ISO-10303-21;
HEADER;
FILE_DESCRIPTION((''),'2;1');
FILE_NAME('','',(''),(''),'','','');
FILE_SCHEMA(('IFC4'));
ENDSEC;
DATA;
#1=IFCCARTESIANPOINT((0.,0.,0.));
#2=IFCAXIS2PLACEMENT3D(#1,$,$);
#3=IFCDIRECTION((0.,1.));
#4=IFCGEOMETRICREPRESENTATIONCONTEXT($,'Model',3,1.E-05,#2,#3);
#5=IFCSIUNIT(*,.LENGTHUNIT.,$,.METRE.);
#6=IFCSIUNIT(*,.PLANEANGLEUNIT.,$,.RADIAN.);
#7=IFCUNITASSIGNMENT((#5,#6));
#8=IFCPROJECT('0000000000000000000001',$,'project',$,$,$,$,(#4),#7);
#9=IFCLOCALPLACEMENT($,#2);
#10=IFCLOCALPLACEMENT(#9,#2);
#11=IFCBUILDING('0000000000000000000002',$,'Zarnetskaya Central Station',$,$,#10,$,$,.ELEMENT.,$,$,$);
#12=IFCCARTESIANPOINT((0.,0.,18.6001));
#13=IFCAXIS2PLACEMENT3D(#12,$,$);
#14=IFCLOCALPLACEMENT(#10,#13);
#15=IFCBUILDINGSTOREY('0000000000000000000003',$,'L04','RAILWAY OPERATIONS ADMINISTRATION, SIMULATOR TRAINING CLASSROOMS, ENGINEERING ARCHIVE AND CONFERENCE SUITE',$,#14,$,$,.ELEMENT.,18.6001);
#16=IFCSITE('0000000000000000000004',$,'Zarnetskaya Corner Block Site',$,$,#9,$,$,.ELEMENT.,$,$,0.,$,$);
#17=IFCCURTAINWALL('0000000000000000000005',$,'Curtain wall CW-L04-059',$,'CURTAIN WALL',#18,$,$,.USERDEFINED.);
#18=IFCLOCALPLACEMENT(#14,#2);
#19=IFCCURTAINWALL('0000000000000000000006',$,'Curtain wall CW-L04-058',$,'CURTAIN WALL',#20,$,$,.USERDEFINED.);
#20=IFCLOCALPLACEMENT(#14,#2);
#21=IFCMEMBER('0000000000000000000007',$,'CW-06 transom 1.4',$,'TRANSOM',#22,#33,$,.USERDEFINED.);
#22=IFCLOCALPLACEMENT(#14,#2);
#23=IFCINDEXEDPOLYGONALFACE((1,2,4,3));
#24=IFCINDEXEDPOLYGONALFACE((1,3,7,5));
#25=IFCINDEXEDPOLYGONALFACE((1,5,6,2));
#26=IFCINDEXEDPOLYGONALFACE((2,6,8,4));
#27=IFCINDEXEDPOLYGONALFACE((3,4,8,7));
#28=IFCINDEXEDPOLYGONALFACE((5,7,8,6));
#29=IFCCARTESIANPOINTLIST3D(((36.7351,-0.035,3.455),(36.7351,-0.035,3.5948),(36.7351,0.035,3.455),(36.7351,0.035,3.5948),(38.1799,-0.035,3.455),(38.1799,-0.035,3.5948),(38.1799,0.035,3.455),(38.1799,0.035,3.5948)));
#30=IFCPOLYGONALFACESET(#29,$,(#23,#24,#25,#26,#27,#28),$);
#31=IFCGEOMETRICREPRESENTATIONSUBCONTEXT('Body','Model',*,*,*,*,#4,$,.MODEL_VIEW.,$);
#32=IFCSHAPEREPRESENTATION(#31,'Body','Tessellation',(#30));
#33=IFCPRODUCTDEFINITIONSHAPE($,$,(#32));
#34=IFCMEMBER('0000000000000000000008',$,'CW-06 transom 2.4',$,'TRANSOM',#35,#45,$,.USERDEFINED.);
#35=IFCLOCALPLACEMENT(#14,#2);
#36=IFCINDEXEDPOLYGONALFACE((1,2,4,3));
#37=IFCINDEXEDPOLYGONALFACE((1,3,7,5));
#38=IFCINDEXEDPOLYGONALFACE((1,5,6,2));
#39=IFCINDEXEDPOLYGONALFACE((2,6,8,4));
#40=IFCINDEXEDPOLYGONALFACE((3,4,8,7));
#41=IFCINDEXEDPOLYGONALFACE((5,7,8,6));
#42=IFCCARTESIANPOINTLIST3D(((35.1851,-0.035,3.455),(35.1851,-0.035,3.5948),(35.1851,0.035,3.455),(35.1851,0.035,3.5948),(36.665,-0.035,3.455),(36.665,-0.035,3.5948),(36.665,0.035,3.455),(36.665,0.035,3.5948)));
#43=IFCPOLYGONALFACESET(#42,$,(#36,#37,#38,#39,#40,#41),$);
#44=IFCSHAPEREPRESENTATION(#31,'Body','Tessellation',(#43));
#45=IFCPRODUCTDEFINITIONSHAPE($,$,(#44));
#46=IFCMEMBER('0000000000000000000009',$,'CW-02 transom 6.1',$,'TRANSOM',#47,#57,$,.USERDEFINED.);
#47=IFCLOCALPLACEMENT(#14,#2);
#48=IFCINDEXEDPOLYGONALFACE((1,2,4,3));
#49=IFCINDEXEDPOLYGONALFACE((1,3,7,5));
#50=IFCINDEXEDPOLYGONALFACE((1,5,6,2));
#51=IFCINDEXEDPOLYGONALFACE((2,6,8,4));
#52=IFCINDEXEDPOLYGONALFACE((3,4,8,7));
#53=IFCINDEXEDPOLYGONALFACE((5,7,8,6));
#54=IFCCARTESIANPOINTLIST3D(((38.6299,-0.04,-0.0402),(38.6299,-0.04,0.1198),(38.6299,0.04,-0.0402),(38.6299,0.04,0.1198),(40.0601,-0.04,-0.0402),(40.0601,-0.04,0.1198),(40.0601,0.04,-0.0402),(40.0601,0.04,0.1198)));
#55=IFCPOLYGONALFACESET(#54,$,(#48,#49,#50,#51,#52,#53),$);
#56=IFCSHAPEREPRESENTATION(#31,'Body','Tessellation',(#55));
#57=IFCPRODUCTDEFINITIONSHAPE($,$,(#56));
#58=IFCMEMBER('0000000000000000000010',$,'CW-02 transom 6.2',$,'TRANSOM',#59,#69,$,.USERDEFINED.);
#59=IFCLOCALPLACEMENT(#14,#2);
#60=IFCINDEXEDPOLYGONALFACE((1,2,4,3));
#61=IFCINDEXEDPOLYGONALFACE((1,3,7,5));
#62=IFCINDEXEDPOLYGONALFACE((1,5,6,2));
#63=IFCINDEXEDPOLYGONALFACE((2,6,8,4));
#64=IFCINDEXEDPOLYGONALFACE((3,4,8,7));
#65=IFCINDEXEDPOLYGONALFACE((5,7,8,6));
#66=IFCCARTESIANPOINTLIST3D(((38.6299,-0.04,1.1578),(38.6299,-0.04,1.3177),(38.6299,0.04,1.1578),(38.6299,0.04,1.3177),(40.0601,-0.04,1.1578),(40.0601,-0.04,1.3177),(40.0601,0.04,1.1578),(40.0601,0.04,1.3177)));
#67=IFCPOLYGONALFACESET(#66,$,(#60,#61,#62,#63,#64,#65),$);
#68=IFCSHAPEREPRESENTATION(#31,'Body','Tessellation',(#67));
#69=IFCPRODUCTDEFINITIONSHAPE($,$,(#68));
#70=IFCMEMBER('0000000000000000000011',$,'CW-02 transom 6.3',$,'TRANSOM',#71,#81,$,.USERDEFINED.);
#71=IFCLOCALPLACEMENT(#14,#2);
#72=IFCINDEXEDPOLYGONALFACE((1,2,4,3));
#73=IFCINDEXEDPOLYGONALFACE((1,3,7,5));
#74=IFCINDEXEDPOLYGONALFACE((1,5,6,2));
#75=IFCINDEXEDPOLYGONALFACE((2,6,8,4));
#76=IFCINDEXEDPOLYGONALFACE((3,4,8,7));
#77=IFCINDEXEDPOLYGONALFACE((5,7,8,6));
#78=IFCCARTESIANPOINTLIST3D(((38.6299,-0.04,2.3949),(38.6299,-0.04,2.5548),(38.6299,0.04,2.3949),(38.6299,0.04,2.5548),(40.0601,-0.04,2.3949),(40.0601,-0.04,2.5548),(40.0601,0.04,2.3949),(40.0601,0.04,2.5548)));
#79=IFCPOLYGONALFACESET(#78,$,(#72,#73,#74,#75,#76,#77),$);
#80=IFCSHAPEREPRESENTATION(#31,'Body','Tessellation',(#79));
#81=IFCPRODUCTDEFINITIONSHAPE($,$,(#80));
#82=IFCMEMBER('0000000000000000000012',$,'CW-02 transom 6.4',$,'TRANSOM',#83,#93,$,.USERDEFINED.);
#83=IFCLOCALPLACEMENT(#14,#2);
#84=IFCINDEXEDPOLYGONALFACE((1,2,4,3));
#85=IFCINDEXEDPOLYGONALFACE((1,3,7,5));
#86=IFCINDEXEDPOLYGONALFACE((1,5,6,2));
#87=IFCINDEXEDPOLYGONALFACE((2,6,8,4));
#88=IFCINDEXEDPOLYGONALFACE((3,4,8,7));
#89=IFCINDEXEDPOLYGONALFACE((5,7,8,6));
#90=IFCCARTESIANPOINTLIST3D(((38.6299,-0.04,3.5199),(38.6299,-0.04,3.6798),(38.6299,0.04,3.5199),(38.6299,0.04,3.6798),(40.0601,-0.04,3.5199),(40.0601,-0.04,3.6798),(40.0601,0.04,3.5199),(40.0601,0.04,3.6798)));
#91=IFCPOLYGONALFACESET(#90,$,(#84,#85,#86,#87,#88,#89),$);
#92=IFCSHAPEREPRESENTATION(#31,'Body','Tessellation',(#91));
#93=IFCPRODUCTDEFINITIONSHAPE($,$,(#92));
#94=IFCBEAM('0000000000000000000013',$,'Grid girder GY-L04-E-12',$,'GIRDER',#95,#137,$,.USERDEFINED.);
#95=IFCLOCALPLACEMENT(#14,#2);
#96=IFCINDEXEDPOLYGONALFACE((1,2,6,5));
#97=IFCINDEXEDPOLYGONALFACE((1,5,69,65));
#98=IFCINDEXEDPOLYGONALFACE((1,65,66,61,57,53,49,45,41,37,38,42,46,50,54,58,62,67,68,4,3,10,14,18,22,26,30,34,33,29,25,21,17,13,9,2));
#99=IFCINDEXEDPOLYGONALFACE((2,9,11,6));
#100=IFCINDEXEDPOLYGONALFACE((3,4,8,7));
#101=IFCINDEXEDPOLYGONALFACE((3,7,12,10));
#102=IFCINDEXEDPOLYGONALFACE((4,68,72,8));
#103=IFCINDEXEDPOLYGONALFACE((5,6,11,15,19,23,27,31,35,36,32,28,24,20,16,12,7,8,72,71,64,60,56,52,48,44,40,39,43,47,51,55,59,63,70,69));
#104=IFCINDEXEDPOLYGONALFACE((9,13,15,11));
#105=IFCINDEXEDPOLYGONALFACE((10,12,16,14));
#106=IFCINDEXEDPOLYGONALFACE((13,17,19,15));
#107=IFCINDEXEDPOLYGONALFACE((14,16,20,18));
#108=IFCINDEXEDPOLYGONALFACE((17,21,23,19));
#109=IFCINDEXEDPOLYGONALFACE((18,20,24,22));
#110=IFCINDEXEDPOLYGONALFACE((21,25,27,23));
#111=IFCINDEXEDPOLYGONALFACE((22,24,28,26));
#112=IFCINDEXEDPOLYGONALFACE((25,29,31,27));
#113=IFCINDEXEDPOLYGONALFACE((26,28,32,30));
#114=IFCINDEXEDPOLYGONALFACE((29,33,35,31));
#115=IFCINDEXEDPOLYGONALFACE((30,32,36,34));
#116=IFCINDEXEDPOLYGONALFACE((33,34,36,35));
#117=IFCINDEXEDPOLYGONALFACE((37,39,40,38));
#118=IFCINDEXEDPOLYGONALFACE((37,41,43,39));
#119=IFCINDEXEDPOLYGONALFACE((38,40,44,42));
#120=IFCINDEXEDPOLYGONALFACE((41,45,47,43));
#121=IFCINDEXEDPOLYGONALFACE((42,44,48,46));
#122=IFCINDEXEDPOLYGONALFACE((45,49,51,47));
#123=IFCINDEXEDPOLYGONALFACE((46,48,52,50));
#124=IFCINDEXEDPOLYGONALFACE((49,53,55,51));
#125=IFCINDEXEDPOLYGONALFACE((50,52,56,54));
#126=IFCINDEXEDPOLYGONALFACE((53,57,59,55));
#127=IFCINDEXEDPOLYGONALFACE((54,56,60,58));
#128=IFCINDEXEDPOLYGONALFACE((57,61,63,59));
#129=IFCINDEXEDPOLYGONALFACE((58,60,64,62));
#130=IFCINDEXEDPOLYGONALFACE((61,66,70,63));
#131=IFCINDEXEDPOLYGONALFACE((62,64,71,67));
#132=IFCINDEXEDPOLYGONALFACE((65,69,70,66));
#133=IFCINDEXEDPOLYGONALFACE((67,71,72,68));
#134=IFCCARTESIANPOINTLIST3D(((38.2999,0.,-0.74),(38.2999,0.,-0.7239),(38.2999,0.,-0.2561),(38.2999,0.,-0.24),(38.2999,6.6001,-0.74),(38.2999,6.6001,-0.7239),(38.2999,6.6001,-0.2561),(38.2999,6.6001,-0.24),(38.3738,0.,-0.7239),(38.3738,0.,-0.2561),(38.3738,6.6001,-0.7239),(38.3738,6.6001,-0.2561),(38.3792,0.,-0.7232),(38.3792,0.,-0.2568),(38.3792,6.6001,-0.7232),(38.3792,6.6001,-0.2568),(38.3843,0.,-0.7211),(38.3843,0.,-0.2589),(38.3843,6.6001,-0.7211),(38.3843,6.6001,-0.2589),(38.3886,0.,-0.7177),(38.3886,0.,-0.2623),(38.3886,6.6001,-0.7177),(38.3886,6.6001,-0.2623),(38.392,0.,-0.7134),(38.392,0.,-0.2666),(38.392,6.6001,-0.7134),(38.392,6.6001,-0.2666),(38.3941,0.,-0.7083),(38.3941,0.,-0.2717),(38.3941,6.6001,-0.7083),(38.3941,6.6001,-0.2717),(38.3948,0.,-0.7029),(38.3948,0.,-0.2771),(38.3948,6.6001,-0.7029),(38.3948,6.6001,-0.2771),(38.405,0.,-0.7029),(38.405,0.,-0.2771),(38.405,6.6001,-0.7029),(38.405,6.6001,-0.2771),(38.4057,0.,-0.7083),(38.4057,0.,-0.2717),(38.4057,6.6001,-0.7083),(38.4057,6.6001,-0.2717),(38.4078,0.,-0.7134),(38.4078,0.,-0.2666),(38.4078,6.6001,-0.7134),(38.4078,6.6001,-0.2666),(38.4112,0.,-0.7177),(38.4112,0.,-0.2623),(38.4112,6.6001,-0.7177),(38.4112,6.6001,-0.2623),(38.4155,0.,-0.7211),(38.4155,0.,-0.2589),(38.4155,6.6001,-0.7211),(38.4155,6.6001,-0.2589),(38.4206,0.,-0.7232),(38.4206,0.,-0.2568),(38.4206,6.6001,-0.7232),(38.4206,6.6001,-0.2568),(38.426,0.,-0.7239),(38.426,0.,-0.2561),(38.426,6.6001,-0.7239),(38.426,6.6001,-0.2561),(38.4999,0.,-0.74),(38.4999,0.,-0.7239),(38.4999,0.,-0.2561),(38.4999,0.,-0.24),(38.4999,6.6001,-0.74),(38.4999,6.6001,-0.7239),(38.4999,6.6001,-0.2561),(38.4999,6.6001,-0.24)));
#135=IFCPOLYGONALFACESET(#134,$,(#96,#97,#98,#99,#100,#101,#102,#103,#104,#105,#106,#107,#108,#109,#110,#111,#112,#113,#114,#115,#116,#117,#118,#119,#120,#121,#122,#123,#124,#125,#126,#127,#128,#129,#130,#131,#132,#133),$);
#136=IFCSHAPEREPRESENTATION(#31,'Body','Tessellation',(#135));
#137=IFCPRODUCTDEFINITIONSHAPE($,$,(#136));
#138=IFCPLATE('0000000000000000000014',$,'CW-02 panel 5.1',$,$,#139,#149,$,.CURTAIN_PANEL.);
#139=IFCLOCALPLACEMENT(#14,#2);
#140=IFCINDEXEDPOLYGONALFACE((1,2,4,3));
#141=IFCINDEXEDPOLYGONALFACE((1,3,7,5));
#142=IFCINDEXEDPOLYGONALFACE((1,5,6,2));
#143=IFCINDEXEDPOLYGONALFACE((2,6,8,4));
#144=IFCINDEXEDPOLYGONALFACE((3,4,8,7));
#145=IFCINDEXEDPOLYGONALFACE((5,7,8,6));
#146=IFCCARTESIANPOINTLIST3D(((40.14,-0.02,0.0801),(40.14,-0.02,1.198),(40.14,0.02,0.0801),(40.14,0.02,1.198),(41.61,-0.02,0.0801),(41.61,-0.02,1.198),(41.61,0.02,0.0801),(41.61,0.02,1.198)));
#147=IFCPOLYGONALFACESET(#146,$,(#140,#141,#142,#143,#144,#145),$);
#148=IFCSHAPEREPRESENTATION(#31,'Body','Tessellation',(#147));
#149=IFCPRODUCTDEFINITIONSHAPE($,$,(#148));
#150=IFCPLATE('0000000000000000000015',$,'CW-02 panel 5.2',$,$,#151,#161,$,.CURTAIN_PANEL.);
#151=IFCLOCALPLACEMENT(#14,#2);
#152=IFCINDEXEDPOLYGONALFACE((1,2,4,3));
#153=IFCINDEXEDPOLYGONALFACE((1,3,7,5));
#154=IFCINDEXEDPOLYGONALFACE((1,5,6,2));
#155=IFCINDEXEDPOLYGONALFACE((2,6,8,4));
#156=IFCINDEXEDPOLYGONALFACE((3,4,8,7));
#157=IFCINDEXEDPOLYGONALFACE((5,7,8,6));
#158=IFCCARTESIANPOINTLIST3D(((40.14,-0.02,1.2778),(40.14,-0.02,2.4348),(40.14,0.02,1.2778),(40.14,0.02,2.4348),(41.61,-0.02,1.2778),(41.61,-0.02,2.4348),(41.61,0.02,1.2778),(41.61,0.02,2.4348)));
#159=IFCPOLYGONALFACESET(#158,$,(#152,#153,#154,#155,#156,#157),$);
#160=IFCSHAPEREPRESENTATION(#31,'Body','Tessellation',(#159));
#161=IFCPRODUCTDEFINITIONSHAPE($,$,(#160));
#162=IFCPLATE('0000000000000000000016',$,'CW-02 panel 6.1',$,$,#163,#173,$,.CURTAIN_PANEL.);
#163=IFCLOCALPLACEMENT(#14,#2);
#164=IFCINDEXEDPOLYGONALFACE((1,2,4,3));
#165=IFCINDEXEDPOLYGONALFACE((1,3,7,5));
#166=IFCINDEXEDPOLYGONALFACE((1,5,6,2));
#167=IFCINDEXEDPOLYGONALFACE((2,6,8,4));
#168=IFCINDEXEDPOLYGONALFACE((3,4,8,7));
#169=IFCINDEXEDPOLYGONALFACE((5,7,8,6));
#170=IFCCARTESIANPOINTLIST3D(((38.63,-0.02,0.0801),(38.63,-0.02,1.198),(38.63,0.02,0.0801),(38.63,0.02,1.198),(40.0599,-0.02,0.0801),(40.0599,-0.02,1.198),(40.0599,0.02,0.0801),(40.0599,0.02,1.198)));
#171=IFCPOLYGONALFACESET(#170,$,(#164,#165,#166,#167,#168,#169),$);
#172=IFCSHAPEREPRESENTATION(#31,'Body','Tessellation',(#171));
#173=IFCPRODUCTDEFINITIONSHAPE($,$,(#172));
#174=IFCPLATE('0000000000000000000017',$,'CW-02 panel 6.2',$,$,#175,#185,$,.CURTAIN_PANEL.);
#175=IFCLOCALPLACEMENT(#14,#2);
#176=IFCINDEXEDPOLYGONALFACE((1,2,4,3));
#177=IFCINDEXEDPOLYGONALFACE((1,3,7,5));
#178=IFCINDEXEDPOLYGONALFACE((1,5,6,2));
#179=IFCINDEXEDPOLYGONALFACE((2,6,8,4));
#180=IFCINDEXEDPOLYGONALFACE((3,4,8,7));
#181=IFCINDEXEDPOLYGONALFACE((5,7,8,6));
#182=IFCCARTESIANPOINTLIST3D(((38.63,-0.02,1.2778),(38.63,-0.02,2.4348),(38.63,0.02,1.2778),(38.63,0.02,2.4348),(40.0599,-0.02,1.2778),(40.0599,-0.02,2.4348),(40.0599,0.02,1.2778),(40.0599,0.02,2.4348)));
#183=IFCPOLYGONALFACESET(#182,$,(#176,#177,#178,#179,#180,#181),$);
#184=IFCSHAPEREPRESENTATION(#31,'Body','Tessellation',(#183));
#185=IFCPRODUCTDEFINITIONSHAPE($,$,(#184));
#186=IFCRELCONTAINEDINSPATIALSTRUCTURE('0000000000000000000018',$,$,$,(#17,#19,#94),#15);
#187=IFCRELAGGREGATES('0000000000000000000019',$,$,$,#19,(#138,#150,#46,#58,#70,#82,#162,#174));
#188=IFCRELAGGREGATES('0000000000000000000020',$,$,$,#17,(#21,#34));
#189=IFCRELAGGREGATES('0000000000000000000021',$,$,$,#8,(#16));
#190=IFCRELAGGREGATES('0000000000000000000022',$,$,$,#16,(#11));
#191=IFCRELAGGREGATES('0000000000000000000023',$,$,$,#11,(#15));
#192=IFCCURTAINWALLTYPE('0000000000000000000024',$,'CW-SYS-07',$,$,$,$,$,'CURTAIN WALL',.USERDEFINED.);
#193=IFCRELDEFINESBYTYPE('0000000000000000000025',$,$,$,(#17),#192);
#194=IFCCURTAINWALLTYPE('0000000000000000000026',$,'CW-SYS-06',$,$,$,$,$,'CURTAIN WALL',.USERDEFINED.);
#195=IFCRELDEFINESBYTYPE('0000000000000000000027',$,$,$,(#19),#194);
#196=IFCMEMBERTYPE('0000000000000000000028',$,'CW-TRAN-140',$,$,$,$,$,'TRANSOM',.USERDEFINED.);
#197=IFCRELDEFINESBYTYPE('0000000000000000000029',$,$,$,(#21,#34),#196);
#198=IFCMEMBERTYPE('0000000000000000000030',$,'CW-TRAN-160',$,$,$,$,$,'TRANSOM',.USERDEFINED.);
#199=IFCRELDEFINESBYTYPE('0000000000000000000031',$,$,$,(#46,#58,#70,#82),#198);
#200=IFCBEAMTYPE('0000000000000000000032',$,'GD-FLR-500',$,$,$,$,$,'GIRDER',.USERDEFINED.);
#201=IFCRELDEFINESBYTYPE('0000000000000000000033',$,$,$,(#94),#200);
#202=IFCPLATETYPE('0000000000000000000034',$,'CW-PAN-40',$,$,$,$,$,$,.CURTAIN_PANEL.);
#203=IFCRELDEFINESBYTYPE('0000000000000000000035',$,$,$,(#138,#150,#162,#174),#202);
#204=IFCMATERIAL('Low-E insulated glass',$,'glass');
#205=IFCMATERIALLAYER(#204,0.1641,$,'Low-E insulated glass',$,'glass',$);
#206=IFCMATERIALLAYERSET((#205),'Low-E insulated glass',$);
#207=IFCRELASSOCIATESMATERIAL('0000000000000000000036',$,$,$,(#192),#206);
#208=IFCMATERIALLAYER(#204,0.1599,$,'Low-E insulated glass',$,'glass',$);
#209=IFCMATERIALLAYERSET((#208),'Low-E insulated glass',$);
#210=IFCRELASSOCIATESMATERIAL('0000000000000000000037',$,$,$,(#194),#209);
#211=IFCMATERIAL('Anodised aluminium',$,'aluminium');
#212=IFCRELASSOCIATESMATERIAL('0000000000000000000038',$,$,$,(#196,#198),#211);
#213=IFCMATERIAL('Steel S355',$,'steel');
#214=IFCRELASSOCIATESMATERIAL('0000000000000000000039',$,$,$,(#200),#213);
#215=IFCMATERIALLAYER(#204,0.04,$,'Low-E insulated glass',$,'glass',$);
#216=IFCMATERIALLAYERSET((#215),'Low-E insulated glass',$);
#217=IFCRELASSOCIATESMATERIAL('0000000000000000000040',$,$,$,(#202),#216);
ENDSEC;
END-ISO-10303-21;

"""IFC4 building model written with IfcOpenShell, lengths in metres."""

from ifc_helpers import new_model, si_unit, direction, frame, origin, origin_2d, place, context, subcontext, project, spatial, rectangle, i_section, extrude, material, layer, layer_set, material_profile, profile_set, type_object, element, aggregate, save


model = new_model("IFC4")

# Units and contexts
model_context = context("Model", 3, precision=1e-05, world=origin(), true_north=direction((0.0, 1.0)))
body_context = subcontext(model_context, "Body", "Model", "MODEL_VIEW")
ifc_project = project(units=[si_unit("LENGTHUNIT", "METRE"), si_unit("PLANEANGLEUNIT", "RADIAN")], contexts=[model_context])

# Site, building, storey
site_placement = place(None, origin())
site = spatial("IfcSite", under=ifc_project, at=site_placement, Name="Zarnetskaya Corner Block Site", CompositionType="ELEMENT", RefElevation=0.0)
building_placement = place(site_placement, origin())
building = spatial("IfcBuilding", under=site, at=building_placement, Name="Zarnetskaya Central Station", CompositionType="ELEMENT")
storey_placement = place(building_placement, frame((0.0, 0.0, 18.6001)))
storey = spatial("IfcBuildingStorey", under=building, at=storey_placement, Name="L04", Description="RAILWAY OPERATIONS ADMINISTRATION, SIMULATOR TRAINING CLASSROOMS, ENGINEERING ARCHIVE AND CONFERENCE SUITE", CompositionType="ELEMENT", Elevation=18.6001)

# Shared definitions
ifc_material_1 = material(Name="Steel S355", Category="steel")

# Curtain walls
ifc_material_2 = material(Name="Low-E insulated glass", Category="glass")
ifc_layer_1 = layer(ifc_material_2, 0.1641, Name="Low-E insulated glass", Category="glass")
ifc_layer_set_1 = layer_set([ifc_layer_1], Name="Low-E insulated glass")
curtain_wall_type_1 = type_object("IfcCurtainWallType", Name="CW-SYS-07", ElementType="CURTAIN WALL", PredefinedType="USERDEFINED", material=ifc_layer_set_1)
curtain_wall_1_placement = place(storey_placement, origin())
curtain_wall_1 = element("IfcCurtainWall", 1, at=curtain_wall_1_placement, inside=storey, type_object=curtain_wall_type_1, Name="Curtain wall CW-L04-059", ObjectType="CURTAIN WALL", PredefinedType="USERDEFINED")
ifc_material_3 = material(Name="Anodised aluminium", Category="aluminium")
ifc_layer_2 = layer(ifc_material_2, 0.1599, Name="Low-E insulated glass", Category="glass")
ifc_layer_set_2 = layer_set([ifc_layer_2], Name="Low-E insulated glass")
curtain_wall_type_2 = type_object("IfcCurtainWallType", Name="CW-SYS-06", ElementType="CURTAIN WALL", PredefinedType="USERDEFINED", material=ifc_layer_set_2)
curtain_wall_2_placement = place(storey_placement, origin())
curtain_wall_2 = element("IfcCurtainWall", 2, at=curtain_wall_2_placement, inside=storey, type_object=curtain_wall_type_2, Name="Curtain wall CW-L04-058", ObjectType="CURTAIN WALL", PredefinedType="USERDEFINED")

# Members
ifc_material_profile_1 = material_profile(ifc_material_3, rectangle(XDim=0.0701, YDim=0.1399, at=origin_2d()), Name="ALU TRAN 70x140")
ifc_profile_set_1 = profile_set([ifc_material_profile_1], Name="Anodised aluminium")
member_type_1 = type_object("IfcMemberType", Name="CW-TRAN-140", ElementType="TRANSOM", PredefinedType="USERDEFINED", material=ifc_profile_set_1)
member_1_placement = place(storey_placement, frame((38.1799, 0.0, 3.5249), z_axis=(-1.0, 0.0, 0.0), x_axis=(0.0, -1.0, 0.0)))
member_1 = element("IfcMember", 3, at=member_1_placement, type_object=member_type_1, Name="CW-06 transom 1.4", ObjectType="TRANSOM", PredefinedType="USERDEFINED", context=body_context, shape_type="SweptSolid", body=[
    extrude(rectangle(XDim=0.0701, YDim=0.1399, at=origin_2d()), origin(), (0.0, 0.0, 1.0), 1.4448),
])
member_2_placement = place(storey_placement, frame((36.665, 0.0, 3.5249), z_axis=(-1.0, 0.0, 0.0), x_axis=(0.0, -1.0, 0.0)))
member_2 = element("IfcMember", 4, at=member_2_placement, type_object=member_type_1, Name="CW-06 transom 2.4", ObjectType="TRANSOM", PredefinedType="USERDEFINED", context=body_context, shape_type="SweptSolid", body=[
    extrude(rectangle(XDim=0.0701, YDim=0.1399, at=origin_2d()), origin(), (0.0, 0.0, 1.0), 1.48),
])
ifc_material_profile_2 = material_profile(ifc_material_3, rectangle(XDim=0.0801, YDim=0.1599, at=origin_2d()), Name="ALU TRAN 80x160")
ifc_profile_set_2 = profile_set([ifc_material_profile_2], Name="Anodised aluminium")
member_type_2 = type_object("IfcMemberType", Name="CW-TRAN-160", ElementType="TRANSOM", PredefinedType="USERDEFINED", material=ifc_profile_set_2)
member_3_placement = place(storey_placement, frame((40.0601, 0.0, 0.0398), z_axis=(-1.0, 0.0, 0.0), x_axis=(0.0, -1.0, 0.0)))
member_3 = element("IfcMember", 5, at=member_3_placement, type_object=member_type_2, Name="CW-02 transom 6.1", ObjectType="TRANSOM", PredefinedType="USERDEFINED", context=body_context, shape_type="SweptSolid", body=[
    extrude(rectangle(XDim=0.0801, YDim=0.1599, at=origin_2d()), origin(), (0.0, 0.0, 1.0), 1.4302),
])
member_4_placement = place(storey_placement, frame((40.0601, 0.0, 1.2378), z_axis=(-1.0, 0.0, 0.0), x_axis=(0.0, -1.0, 0.0)))
member_4 = element("IfcMember", 6, at=member_4_placement, type_object=member_type_2, Name="CW-02 transom 6.2", ObjectType="TRANSOM", PredefinedType="USERDEFINED", context=body_context, shape_type="SweptSolid", body=[
    extrude(rectangle(XDim=0.0801, YDim=0.1599, at=origin_2d()), origin(), (0.0, 0.0, 1.0), 1.4302),
])
member_5_placement = place(storey_placement, frame((40.0601, 0.0, 2.4749), z_axis=(-1.0, 0.0, 0.0), x_axis=(0.0, -1.0, 0.0)))
member_5 = element("IfcMember", 7, at=member_5_placement, type_object=member_type_2, Name="CW-02 transom 6.3", ObjectType="TRANSOM", PredefinedType="USERDEFINED", context=body_context, shape_type="SweptSolid", body=[
    extrude(rectangle(XDim=0.0801, YDim=0.1599, at=origin_2d()), origin(), (0.0, 0.0, 1.0), 1.4302),
])
member_6_placement = place(storey_placement, frame((40.0601, 0.0, 3.5999), z_axis=(-1.0, 0.0, 0.0), x_axis=(0.0, -1.0, 0.0)))
member_6 = element("IfcMember", 8, at=member_6_placement, type_object=member_type_2, Name="CW-02 transom 6.4", ObjectType="TRANSOM", PredefinedType="USERDEFINED", context=body_context, shape_type="SweptSolid", body=[
    extrude(rectangle(XDim=0.0801, YDim=0.1599, at=origin_2d()), origin(), (0.0, 0.0, 1.0), 1.4302),
])

# Beam
ifc_material_profile_3 = material_profile(ifc_material_1, i_section(OverallWidth=0.2, OverallDepth=0.5, WebThickness=0.0103, FlangeThickness=0.0161, FilletRadius=0.021, at=origin_2d()), Name="IPE 500")
ifc_profile_set_3 = profile_set([ifc_material_profile_3], Name="Steel S355")
beam_type_1 = type_object("IfcBeamType", Name="GD-FLR-500", ElementType="GIRDER", PredefinedType="USERDEFINED", material=ifc_profile_set_3)
beam_1_placement = place(storey_placement, frame((38.3999, 0.0, -0.49), z_axis=(0.0, 1.0, 0.0), x_axis=(-1.0, 0.0, 0.0)))
element("IfcBeam", 9, at=beam_1_placement, inside=storey, type_object=beam_type_1, Name="Grid girder GY-L04-E-12", ObjectType="GIRDER", PredefinedType="USERDEFINED", context=body_context, shape_type="SweptSolid", body=[
    extrude(i_section(OverallWidth=0.2, OverallDepth=0.5, WebThickness=0.0103, FlangeThickness=0.0161, FilletRadius=0.021, at=origin_2d()), origin(), (0.0, 0.0, 1.0), 6.6001),
])

# Plates
ifc_layer_3 = layer(ifc_material_2, 0.04, Name="Low-E insulated glass", Category="glass")
ifc_layer_set_3 = layer_set([ifc_layer_3], Name="Low-E insulated glass")
plate_type_1 = type_object("IfcPlateType", Name="CW-PAN-40", PredefinedType="CURTAIN_PANEL", material=ifc_layer_set_3)
plate_1_placement = place(storey_placement, frame((40.875, 0.0, 0.0801), z_axis=(0.0, 0.0, 1.0), x_axis=(-1.0, 0.0, 0.0)))
plate_1 = element("IfcPlate", 10, at=plate_1_placement, type_object=plate_type_1, Name="CW-02 panel 5.1", PredefinedType="CURTAIN_PANEL", context=body_context, shape_type="SweptSolid", body=[
    extrude(rectangle(XDim=1.47, YDim=0.04, at=origin_2d()), origin(), (0.0, 0.0, 1.0), 1.1179),
])
plate_2_placement = place(storey_placement, frame((40.875, 0.0, 1.2778), z_axis=(0.0, 0.0, 1.0), x_axis=(-1.0, 0.0, 0.0)))
plate_2 = element("IfcPlate", 11, at=plate_2_placement, type_object=plate_type_1, Name="CW-02 panel 5.2", PredefinedType="CURTAIN_PANEL", context=body_context, shape_type="SweptSolid", body=[
    extrude(rectangle(XDim=1.47, YDim=0.04, at=origin_2d()), origin(), (0.0, 0.0, 1.0), 1.157),
])
plate_3_placement = place(storey_placement, frame((39.345, 0.0, 0.0801), z_axis=(0.0, 0.0, 1.0), x_axis=(-1.0, 0.0, 0.0)))
plate_3 = element("IfcPlate", 12, at=plate_3_placement, type_object=plate_type_1, Name="CW-02 panel 6.1", PredefinedType="CURTAIN_PANEL", context=body_context, shape_type="SweptSolid", body=[
    extrude(rectangle(XDim=1.4299, YDim=0.04, at=origin_2d()), origin(), (0.0, 0.0, 1.0), 1.1179),
])
plate_4_placement = place(storey_placement, frame((39.345, 0.0, 1.2778), z_axis=(0.0, 0.0, 1.0), x_axis=(-1.0, 0.0, 0.0)))
plate_4 = element("IfcPlate", 13, at=plate_4_placement, type_object=plate_type_1, Name="CW-02 panel 6.2", PredefinedType="CURTAIN_PANEL", context=body_context, shape_type="SweptSolid", body=[
    extrude(rectangle(XDim=1.4299, YDim=0.04, at=origin_2d()), origin(), (0.0, 0.0, 1.0), 1.157),
])
aggregate(curtain_wall_2, [plate_1, plate_2, member_3, member_4, member_5, member_6, plate_3, plate_4])
aggregate(curtain_wall_1, [member_1, member_2])

save(model, "model.ifc")
